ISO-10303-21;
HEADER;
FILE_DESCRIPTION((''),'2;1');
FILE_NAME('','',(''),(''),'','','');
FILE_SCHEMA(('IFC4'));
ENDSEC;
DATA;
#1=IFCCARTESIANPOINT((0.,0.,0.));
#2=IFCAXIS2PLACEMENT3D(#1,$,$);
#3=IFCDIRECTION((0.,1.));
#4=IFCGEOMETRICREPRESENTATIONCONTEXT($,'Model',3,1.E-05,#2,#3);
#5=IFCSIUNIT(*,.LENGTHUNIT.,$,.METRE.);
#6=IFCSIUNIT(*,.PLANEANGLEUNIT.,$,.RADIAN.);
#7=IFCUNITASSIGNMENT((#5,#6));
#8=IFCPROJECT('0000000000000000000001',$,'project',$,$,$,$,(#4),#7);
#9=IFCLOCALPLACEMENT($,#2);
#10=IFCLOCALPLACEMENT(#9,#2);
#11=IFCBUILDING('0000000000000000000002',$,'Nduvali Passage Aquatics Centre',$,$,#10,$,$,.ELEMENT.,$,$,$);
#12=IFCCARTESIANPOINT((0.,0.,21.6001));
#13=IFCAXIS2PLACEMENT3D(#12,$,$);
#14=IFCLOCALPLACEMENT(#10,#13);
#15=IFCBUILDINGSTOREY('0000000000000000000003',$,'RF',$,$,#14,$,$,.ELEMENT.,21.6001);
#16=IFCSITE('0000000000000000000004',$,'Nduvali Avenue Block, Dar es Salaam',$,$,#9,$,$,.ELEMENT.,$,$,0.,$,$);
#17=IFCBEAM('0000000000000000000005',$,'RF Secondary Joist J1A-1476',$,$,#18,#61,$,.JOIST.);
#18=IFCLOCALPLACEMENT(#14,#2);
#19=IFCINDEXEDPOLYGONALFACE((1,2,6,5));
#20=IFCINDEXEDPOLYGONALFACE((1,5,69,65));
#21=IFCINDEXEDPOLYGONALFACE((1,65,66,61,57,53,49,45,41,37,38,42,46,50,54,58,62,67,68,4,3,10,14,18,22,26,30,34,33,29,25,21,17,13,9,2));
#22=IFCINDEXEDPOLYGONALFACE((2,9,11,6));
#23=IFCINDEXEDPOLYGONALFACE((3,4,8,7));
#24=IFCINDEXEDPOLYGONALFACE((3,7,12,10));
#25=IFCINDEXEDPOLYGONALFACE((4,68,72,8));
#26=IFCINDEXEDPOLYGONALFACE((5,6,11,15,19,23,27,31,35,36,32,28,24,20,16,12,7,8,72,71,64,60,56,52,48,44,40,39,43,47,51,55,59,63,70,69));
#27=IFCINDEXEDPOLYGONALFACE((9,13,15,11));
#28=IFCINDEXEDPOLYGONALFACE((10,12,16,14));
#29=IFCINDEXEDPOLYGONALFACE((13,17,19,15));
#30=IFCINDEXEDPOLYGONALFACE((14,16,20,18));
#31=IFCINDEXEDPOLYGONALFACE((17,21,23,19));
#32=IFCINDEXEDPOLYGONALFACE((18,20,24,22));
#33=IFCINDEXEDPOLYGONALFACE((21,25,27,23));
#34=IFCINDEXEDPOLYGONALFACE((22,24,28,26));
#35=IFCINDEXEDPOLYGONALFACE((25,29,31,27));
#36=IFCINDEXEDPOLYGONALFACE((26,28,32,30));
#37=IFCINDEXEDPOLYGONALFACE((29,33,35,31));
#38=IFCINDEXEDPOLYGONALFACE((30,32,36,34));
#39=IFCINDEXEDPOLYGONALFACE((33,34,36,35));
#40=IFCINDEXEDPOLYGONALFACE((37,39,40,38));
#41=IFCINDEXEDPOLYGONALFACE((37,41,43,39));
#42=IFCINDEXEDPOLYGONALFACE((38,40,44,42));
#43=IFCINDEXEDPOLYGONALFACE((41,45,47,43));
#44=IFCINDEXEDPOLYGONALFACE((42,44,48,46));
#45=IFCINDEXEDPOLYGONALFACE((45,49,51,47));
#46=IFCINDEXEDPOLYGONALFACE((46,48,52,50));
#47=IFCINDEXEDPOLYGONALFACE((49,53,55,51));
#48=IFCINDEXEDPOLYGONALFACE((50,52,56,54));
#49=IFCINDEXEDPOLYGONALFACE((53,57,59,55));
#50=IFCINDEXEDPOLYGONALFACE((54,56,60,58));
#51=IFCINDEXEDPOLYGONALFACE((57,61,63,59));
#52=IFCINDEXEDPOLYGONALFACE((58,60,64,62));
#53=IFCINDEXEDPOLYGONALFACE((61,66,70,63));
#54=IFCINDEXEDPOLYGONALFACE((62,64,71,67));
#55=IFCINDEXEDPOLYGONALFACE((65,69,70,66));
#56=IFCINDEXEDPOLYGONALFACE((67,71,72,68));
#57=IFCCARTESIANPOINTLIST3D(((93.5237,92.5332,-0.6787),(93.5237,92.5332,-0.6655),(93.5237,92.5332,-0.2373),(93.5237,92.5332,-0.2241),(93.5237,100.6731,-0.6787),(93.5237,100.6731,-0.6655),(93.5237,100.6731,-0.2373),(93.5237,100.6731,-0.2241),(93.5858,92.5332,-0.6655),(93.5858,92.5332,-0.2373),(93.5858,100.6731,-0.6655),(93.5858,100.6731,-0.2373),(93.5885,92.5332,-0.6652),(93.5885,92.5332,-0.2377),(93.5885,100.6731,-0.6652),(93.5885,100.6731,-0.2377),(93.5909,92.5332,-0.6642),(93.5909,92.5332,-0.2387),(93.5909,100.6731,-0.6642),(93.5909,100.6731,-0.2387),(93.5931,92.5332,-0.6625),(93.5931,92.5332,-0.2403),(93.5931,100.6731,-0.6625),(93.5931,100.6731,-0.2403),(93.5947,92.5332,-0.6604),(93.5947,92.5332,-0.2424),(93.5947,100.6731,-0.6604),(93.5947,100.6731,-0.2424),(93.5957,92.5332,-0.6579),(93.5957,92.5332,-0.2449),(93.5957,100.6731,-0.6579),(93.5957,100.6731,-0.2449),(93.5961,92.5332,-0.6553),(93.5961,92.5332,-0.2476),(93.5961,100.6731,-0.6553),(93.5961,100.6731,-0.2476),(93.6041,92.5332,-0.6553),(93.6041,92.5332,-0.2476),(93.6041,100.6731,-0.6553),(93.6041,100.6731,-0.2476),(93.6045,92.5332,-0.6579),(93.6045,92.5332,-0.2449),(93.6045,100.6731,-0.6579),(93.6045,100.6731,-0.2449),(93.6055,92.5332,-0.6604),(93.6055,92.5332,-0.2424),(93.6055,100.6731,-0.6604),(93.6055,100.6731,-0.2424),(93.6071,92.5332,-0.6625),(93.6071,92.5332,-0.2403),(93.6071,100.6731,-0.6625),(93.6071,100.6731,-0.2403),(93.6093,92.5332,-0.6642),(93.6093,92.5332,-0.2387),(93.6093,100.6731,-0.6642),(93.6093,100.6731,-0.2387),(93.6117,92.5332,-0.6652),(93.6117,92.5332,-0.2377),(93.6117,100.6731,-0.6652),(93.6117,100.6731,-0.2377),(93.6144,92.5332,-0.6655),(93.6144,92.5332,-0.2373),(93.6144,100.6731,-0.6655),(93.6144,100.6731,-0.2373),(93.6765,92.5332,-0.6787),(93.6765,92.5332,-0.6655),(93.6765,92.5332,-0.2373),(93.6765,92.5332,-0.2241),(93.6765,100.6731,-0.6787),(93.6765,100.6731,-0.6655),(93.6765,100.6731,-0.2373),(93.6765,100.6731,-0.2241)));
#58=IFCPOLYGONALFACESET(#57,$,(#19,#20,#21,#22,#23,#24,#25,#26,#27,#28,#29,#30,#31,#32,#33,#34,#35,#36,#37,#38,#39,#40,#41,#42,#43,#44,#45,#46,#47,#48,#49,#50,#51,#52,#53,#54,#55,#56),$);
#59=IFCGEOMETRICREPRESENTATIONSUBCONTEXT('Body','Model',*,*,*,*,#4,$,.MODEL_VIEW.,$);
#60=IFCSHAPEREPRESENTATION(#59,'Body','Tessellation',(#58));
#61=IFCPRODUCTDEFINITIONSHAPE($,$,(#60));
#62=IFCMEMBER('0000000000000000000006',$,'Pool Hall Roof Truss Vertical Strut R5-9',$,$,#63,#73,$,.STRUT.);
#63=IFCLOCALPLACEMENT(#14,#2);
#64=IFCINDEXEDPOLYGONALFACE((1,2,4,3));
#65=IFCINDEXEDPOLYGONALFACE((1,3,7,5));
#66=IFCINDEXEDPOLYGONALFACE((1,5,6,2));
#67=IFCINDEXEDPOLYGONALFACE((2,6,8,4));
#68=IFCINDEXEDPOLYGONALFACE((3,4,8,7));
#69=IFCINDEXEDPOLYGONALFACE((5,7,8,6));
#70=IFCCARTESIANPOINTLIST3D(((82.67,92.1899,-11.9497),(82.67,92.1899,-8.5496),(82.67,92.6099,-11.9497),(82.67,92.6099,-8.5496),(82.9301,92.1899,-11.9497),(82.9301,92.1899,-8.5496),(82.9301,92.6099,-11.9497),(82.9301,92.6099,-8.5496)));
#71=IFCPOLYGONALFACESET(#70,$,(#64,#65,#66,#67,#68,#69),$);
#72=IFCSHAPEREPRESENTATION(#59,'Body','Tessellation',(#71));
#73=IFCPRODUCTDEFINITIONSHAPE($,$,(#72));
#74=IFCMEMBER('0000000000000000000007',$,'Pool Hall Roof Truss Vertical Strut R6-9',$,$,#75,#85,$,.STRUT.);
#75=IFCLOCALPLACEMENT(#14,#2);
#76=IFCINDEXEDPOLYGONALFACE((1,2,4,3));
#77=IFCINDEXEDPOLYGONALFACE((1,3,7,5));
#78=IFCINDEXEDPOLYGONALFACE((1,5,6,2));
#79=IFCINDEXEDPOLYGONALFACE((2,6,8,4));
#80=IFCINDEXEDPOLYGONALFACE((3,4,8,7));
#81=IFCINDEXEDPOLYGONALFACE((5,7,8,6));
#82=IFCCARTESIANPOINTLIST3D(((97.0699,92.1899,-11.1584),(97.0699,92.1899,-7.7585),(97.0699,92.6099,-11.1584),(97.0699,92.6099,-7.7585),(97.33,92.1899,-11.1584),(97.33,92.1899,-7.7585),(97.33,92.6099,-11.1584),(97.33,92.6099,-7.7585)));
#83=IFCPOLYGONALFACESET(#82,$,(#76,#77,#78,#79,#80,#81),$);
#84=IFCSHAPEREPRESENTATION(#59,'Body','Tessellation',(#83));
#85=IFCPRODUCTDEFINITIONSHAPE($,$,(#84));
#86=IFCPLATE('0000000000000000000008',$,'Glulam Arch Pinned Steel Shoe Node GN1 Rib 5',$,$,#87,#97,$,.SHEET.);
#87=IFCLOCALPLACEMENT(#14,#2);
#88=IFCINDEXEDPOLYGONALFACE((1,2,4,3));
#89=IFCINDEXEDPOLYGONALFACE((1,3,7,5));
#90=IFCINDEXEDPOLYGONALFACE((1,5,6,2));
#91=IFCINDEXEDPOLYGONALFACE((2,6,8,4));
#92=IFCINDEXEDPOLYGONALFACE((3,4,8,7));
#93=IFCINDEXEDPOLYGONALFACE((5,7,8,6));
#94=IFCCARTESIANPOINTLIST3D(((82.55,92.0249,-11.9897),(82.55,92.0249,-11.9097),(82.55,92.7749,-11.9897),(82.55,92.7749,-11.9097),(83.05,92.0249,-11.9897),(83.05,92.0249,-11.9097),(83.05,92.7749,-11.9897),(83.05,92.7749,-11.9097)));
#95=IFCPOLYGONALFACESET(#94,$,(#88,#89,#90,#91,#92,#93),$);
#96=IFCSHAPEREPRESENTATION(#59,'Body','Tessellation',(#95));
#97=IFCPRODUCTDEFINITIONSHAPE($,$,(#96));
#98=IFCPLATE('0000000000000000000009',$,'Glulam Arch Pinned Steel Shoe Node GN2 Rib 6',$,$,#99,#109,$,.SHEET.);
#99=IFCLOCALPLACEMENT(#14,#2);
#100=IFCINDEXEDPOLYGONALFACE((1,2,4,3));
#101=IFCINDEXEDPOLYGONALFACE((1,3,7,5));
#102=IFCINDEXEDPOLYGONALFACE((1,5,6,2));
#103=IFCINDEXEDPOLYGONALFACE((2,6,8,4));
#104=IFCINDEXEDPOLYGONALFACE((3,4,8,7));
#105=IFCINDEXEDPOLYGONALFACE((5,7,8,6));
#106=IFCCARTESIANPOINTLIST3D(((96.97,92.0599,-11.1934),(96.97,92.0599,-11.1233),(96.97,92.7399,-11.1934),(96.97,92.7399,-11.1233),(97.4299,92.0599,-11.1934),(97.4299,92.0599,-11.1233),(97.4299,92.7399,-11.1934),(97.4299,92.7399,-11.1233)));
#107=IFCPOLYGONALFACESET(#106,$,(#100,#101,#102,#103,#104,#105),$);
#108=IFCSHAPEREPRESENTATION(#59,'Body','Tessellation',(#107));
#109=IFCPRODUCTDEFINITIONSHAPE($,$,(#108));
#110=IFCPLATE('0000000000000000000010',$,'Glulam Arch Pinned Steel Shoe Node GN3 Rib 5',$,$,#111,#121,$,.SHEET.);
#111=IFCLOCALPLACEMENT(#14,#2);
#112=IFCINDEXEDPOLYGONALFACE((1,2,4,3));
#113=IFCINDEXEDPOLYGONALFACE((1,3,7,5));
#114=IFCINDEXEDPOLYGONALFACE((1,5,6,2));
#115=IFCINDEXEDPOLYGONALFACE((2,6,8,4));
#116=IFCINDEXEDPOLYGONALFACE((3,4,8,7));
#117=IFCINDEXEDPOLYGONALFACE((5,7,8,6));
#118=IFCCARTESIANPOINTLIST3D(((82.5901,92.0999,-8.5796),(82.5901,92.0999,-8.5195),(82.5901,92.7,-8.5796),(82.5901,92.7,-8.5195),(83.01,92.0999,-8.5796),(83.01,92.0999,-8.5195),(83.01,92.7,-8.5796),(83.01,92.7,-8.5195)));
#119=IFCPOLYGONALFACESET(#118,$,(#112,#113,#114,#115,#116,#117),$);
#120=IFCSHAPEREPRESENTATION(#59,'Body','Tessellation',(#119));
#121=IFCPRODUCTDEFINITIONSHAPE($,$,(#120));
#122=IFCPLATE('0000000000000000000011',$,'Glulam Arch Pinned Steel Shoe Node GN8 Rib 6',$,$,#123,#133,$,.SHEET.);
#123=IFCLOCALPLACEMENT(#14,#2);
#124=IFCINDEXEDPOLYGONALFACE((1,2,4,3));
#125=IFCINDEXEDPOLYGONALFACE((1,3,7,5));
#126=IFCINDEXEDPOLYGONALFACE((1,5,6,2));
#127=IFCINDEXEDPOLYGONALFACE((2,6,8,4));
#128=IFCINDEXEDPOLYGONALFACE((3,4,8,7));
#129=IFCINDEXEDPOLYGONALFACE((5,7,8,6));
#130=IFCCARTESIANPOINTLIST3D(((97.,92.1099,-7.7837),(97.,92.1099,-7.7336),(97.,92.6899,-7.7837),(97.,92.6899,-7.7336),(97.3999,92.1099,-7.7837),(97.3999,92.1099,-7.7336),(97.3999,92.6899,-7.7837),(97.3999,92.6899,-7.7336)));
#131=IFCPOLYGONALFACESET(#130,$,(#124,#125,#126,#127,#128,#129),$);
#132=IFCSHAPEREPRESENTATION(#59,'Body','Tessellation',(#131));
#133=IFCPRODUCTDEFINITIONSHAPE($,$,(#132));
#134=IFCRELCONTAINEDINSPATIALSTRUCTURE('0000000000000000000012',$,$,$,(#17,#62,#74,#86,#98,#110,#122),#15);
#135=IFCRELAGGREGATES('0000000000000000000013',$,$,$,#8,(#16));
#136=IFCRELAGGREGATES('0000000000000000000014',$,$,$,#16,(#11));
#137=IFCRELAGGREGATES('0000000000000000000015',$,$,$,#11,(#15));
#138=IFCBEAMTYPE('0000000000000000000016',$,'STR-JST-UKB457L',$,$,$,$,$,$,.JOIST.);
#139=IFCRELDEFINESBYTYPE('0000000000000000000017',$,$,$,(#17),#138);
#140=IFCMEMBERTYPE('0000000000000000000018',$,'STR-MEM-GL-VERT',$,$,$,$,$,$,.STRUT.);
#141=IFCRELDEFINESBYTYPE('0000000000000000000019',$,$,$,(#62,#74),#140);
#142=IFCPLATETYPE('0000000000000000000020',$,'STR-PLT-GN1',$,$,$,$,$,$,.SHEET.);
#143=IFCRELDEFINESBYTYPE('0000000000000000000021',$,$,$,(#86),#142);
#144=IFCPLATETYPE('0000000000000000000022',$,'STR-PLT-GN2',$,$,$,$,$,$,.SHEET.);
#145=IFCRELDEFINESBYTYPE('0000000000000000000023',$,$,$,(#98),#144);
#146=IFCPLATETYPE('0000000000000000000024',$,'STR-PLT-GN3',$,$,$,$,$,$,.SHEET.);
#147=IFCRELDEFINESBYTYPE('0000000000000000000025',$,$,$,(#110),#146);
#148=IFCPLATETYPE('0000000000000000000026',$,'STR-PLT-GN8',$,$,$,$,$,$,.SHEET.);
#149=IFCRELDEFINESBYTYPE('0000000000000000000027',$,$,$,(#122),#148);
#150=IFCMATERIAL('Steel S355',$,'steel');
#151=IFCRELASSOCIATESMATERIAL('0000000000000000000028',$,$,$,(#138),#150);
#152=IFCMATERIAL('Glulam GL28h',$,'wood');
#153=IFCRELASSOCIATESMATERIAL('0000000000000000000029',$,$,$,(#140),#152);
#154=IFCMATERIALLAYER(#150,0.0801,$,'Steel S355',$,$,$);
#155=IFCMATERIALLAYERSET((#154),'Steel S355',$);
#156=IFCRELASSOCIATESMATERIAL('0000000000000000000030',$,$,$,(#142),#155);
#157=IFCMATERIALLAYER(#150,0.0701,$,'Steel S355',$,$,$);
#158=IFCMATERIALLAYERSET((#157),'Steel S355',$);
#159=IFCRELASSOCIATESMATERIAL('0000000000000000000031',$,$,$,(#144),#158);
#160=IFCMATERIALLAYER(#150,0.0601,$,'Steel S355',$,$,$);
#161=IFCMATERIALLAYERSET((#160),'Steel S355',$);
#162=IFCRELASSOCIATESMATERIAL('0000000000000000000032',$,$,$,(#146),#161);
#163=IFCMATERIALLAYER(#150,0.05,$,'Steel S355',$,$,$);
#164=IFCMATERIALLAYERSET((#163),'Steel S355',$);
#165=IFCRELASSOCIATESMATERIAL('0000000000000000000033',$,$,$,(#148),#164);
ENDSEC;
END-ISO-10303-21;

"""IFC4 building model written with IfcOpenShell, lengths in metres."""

from ifc_helpers import new_model, si_unit, direction, frame, origin, origin_2d, place, context, subcontext, project, spatial, rectangle, i_section, extrude, material, layer, layer_set, material_profile, profile_set, type_object, element, save


model = new_model("IFC4")

# Units and contexts
model_context = context("Model", 3, precision=1e-05, world=origin(), true_north=direction((0.0, 1.0)))
body_context = subcontext(model_context, "Body", "Model", "MODEL_VIEW")
ifc_project = project(units=[si_unit("LENGTHUNIT", "METRE"), si_unit("PLANEANGLEUNIT", "RADIAN")], contexts=[model_context])

# Site, building, storey
site_placement = place(None, origin())
site = spatial("IfcSite", under=ifc_project, at=site_placement, Name="Nduvali Avenue Block, Dar es Salaam", CompositionType="ELEMENT", RefElevation=0.0)
building_placement = place(site_placement, origin())
building = spatial("IfcBuilding", under=site, at=building_placement, Name="Nduvali Passage Aquatics Centre", CompositionType="ELEMENT")
storey_placement = place(building_placement, frame((0.0, 0.0, 21.6001)))
storey = spatial("IfcBuildingStorey", under=building, at=storey_placement, Name="RF", CompositionType="ELEMENT", Elevation=21.6001)

# Beam
ifc_material_1 = material(Name="Steel S355", Category="steel")
ifc_material_profile_1 = material_profile(ifc_material_1, i_section(OverallWidth=0.1528, OverallDepth=0.4546, WebThickness=0.0081, FlangeThickness=0.0132, FilletRadius=0.0103, at=origin_2d()), Name="UKB 457x152x60")
ifc_profile_set_1 = profile_set([ifc_material_profile_1], Name="Steel S355")
beam_type_1 = type_object("IfcBeamType", Name="STR-JST-UKB457L", PredefinedType="JOIST", material=ifc_profile_set_1)
for number, where, z_axis, x_axis, name in (
    (1, (93.6001, 92.5332, -0.4514), (0.0, 1.0, 0.0), (-1.0, 0.0, 0.0), "RF Secondary Joist J1A-1476"),
):
    element("IfcBeam", number, at=place(storey_placement, frame(where, z_axis=z_axis, x_axis=x_axis)), inside=storey, type_object=beam_type_1, Name=name, PredefinedType="JOIST", context=body_context, shape_type="SweptSolid", body=[
        extrude(i_section(OverallWidth=0.1528, OverallDepth=0.4546, WebThickness=0.0081, FlangeThickness=0.0132, FilletRadius=0.0103, at=origin_2d()), origin(), (0.0, 0.0, 1.0), 8.1399),
    ])

# Members
ifc_material_2 = material(Name="Glulam GL28h", Category="wood")
ifc_material_profile_2 = material_profile(ifc_material_2, rectangle(XDim=0.26, YDim=0.4199, at=origin_2d()), Name="GL28h 260x420")
ifc_profile_set_2 = profile_set([ifc_material_profile_2], Name="Glulam GL28h")
member_type = type_object("IfcMemberType", Name="STR-MEM-GL-VERT", PredefinedType="STRUT", material=ifc_profile_set_2)
member_1_placement = place(storey_placement, frame((82.8, 92.3999, -11.9497), z_axis=(0.0, 0.0, 1.0), x_axis=(1.0, 0.0, 0.0)))
element("IfcMember", 2, at=member_1_placement, inside=storey, type_object=member_type, Name="Pool Hall Roof Truss Vertical Strut R5-9", PredefinedType="STRUT", context=body_context, shape_type="SweptSolid", body=[
    extrude(rectangle(XDim=0.26, YDim=0.4199, at=origin_2d()), origin(), (0.0, 0.0, 1.0), 3.4001),
])
member_2_placement = place(storey_placement, frame((97.2, 92.3999, -11.1584), z_axis=(0.0, 0.0, 1.0), x_axis=(1.0, 0.0, 0.0)))
element("IfcMember", 3, at=member_2_placement, inside=storey, type_object=member_type, Name="Pool Hall Roof Truss Vertical Strut R6-9", PredefinedType="STRUT", context=body_context, shape_type="SweptSolid", body=[
    extrude(rectangle(XDim=0.26, YDim=0.4199, at=origin_2d()), origin(), (0.0, 0.0, 1.0), 3.3999),
])

# Plates
ifc_layer_1 = layer(ifc_material_1, 0.0801, Name="Steel S355")
ifc_layer_set_1 = layer_set([ifc_layer_1], Name="Steel S355")
plate_type_1 = type_object("IfcPlateType", Name="STR-PLT-GN1", PredefinedType="SHEET", material=ifc_layer_set_1)
plate_1_placement = place(storey_placement, frame((82.8, 92.3999, -11.9897), z_axis=(0.0, 0.0, 1.0), x_axis=(0.0, 1.0, 0.0)))
element("IfcPlate", 4, at=plate_1_placement, inside=storey, type_object=plate_type_1, Name="Glulam Arch Pinned Steel Shoe Node GN1 Rib 5", PredefinedType="SHEET", context=body_context, shape_type="SweptSolid", body=[
    extrude(rectangle(XDim=0.75, YDim=0.5, at=origin_2d()), origin(), (0.0, 0.0, 1.0), 0.0801),
])
ifc_layer_2 = layer(ifc_material_1, 0.0701, Name="Steel S355")
ifc_layer_set_2 = layer_set([ifc_layer_2], Name="Steel S355")
plate_type_2 = type_object("IfcPlateType", Name="STR-PLT-GN2", PredefinedType="SHEET", material=ifc_layer_set_2)
plate_2_placement = place(storey_placement, frame((97.2, 92.3999, -11.1934), z_axis=(0.0, 0.0, 1.0), x_axis=(0.0, 1.0, 0.0)))
element("IfcPlate", 5, at=plate_2_placement, inside=storey, type_object=plate_type_2, Name="Glulam Arch Pinned Steel Shoe Node GN2 Rib 6", PredefinedType="SHEET", context=body_context, shape_type="SweptSolid", body=[
    extrude(rectangle(XDim=0.6799, YDim=0.46, at=origin_2d()), origin(), (0.0, 0.0, 1.0), 0.0701),
])
ifc_layer_3 = layer(ifc_material_1, 0.0601, Name="Steel S355")
ifc_layer_set_3 = layer_set([ifc_layer_3], Name="Steel S355")
plate_type_3 = type_object("IfcPlateType", Name="STR-PLT-GN3", PredefinedType="SHEET", material=ifc_layer_set_3)
plate_3_placement = place(storey_placement, frame((82.8, 92.3999, -8.5796), z_axis=(0.0, 0.0, 1.0), x_axis=(0.0, 1.0, 0.0)))
element("IfcPlate", 6, at=plate_3_placement, inside=storey, type_object=plate_type_3, Name="Glulam Arch Pinned Steel Shoe Node GN3 Rib 5", PredefinedType="SHEET", context=body_context, shape_type="SweptSolid", body=[
    extrude(rectangle(XDim=0.6001, YDim=0.4199, at=origin_2d()), origin(), (0.0, 0.0, 1.0), 0.0601),
])
ifc_layer_4 = layer(ifc_material_1, 0.05, Name="Steel S355")
ifc_layer_set_4 = layer_set([ifc_layer_4], Name="Steel S355")
plate_type_4 = type_object("IfcPlateType", Name="STR-PLT-GN8", PredefinedType="SHEET", material=ifc_layer_set_4)
plate_4_placement = place(storey_placement, frame((97.2, 92.3999, -7.7837), z_axis=(0.0, 0.0, 1.0), x_axis=(0.0, 1.0, 0.0)))
element("IfcPlate", 7, at=plate_4_placement, inside=storey, type_object=plate_type_4, Name="Glulam Arch Pinned Steel Shoe Node GN8 Rib 6", PredefinedType="SHEET", context=body_context, shape_type="SweptSolid", body=[
    extrude(rectangle(XDim=0.5801, YDim=0.3999, at=origin_2d()), origin(), (0.0, 0.0, 1.0), 0.05),
])

save(model, "model.ifc")
